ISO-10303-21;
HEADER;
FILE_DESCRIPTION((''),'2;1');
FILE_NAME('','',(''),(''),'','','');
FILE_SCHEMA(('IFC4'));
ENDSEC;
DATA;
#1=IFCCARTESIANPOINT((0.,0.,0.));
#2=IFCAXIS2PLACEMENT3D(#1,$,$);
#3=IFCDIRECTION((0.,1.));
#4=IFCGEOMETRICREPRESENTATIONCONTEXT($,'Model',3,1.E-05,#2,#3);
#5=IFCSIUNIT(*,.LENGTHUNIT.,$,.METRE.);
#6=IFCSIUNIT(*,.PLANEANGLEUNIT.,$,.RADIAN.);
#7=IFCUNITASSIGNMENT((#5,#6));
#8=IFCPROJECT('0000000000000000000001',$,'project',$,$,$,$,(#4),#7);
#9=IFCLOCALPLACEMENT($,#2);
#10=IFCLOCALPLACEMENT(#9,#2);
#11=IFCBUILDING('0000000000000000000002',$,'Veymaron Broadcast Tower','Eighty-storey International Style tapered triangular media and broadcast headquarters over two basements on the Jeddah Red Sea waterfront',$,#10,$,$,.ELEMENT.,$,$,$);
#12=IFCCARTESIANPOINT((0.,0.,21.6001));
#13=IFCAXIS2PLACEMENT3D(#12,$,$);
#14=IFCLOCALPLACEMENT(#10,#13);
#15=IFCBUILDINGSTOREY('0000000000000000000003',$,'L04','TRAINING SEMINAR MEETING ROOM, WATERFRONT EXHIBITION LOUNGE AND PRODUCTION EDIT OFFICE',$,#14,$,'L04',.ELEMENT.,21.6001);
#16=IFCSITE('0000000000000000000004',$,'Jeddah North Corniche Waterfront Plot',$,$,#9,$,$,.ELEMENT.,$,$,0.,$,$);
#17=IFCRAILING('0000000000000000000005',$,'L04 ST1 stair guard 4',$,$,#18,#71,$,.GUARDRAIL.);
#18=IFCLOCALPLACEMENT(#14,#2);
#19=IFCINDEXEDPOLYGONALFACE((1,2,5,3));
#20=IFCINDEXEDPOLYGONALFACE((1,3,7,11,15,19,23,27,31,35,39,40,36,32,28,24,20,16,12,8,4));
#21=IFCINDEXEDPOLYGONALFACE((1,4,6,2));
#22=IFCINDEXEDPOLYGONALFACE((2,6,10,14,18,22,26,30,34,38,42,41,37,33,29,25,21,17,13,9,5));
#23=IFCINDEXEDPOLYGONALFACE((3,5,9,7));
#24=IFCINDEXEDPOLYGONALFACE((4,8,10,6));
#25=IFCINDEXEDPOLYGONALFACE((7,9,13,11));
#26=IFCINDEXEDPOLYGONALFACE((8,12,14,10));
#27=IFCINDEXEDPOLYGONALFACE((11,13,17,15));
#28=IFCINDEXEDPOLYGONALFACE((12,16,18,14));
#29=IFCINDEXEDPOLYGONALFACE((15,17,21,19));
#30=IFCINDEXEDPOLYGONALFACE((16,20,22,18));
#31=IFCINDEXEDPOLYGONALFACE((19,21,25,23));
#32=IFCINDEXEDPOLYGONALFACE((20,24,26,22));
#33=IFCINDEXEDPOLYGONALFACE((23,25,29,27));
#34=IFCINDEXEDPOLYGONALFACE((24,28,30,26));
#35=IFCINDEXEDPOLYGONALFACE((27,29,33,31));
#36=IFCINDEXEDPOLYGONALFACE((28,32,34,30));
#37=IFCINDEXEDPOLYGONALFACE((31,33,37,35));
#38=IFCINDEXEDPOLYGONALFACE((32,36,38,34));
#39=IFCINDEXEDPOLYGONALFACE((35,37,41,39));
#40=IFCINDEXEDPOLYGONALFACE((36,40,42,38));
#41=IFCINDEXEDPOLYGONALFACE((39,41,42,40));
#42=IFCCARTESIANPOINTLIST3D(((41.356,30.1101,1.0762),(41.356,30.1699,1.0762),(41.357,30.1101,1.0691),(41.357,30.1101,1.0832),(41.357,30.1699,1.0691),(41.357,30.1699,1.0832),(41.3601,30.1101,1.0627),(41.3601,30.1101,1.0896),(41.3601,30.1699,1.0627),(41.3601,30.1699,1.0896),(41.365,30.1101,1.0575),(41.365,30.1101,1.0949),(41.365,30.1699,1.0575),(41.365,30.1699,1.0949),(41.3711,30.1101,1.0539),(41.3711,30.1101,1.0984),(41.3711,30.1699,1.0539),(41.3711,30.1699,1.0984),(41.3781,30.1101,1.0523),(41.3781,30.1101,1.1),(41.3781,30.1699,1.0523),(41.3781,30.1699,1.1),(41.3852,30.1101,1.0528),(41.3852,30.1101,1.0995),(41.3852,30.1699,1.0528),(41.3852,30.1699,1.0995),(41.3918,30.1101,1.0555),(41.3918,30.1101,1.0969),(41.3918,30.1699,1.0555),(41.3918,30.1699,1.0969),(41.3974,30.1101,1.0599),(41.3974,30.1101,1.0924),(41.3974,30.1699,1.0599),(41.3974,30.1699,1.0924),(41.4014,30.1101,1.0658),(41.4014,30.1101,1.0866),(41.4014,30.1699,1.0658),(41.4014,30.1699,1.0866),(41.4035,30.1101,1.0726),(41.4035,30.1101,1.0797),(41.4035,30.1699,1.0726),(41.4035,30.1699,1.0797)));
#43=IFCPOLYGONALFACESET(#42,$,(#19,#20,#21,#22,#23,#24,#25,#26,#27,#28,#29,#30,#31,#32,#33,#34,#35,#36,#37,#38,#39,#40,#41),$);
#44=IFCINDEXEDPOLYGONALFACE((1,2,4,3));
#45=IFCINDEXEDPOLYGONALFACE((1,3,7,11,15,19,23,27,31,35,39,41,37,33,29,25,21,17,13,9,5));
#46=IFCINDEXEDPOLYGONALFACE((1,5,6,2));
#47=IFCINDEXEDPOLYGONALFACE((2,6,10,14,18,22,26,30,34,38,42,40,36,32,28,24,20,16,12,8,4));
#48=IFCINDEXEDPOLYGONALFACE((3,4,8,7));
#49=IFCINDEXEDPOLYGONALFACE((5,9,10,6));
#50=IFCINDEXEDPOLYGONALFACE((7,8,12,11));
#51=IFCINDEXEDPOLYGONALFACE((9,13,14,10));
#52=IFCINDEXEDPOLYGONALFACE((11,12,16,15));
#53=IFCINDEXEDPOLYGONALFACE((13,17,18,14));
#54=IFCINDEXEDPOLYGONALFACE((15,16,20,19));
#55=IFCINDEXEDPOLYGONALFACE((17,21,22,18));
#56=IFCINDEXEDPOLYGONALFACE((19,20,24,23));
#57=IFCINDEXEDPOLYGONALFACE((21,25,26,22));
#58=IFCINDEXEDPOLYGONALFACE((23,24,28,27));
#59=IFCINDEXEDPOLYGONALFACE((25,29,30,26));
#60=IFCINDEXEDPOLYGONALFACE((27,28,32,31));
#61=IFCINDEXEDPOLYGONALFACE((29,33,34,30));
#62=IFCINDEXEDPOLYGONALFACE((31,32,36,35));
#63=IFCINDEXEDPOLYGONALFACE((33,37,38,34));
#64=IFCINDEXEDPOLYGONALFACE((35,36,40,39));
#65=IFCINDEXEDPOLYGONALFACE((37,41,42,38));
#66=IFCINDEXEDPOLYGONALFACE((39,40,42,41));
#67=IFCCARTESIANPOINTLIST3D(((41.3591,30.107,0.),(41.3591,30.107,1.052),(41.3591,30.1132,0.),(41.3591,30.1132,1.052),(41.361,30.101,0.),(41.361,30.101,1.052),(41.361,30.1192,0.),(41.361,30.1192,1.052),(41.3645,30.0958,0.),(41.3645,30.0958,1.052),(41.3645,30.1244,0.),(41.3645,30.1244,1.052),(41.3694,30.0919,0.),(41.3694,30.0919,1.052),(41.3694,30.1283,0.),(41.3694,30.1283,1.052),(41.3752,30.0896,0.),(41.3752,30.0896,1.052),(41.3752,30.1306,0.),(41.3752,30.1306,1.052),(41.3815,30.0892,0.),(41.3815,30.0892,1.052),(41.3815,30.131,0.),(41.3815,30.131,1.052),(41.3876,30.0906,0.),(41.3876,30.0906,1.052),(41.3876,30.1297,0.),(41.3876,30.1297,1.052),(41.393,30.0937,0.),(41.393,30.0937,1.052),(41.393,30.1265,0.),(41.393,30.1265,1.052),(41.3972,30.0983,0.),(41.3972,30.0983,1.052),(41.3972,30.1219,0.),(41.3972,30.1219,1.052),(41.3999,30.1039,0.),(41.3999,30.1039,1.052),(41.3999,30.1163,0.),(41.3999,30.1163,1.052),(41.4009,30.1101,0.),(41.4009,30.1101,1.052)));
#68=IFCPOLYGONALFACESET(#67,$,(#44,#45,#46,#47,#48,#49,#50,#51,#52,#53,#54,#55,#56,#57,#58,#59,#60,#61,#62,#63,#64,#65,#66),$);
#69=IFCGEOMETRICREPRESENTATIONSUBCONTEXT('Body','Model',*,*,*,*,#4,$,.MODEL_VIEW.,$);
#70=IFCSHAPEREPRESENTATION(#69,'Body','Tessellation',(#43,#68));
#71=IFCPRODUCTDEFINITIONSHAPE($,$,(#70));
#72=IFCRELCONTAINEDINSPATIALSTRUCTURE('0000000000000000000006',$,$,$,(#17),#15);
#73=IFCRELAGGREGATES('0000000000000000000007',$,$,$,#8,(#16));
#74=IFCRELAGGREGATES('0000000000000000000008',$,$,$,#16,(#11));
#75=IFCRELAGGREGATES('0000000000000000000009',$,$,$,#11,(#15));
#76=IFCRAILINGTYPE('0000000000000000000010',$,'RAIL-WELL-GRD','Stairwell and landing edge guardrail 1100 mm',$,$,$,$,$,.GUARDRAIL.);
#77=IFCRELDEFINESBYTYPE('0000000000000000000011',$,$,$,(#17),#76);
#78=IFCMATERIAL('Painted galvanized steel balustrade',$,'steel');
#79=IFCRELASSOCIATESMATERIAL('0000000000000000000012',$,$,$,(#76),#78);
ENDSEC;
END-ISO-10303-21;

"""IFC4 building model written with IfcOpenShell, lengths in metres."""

from ifc_helpers import new_model, si_unit, direction, frame, origin, origin_2d, place, context, subcontext, project, spatial, circle, extrude, material, type_object, element, save


model = new_model("IFC4")

# Units and contexts
model_context = context("Model", 3, precision=1e-05, world=origin(), true_north=direction((0.0, 1.0)))
body_context = subcontext(model_context, "Body", "Model", "MODEL_VIEW")
ifc_project = project(units=[si_unit("LENGTHUNIT", "METRE"), si_unit("PLANEANGLEUNIT", "RADIAN")], contexts=[model_context])

# Site, building, storey
site_placement = place(None, origin())
site = spatial("IfcSite", under=ifc_project, at=site_placement, Name="Jeddah North Corniche Waterfront Plot", CompositionType="ELEMENT", RefElevation=0.0)
building_placement = place(site_placement, origin())
building = spatial("IfcBuilding", under=site, at=building_placement, Name="Veymaron Broadcast Tower", Description="Eighty-storey International Style tapered triangular media and broadcast headquarters over two basements on the Jeddah Red Sea waterfront", CompositionType="ELEMENT")
storey_placement = place(building_placement, frame((0.0, 0.0, 21.6001)))
storey = spatial("IfcBuildingStorey", under=building, at=storey_placement, Name="L04", Description="TRAINING SEMINAR MEETING ROOM, WATERFRONT EXHIBITION LOUNGE AND PRODUCTION EDIT OFFICE", LongName="L04", CompositionType="ELEMENT", Elevation=21.6001)

# Railing
ifc_material_1 = material(Name="Painted galvanized steel balustrade", Category="steel")
railing_type_1 = type_object("IfcRailingType", Name="RAIL-WELL-GRD", Description="Stairwell and landing edge guardrail 1100 mm", PredefinedType="GUARDRAIL", material=ifc_material_1)
railing_1_placement = place(storey_placement, frame((41.3799, 30.1101, 0.0)))
element("IfcRailing", 1, at=railing_1_placement, inside=storey, type_object=railing_type_1, Name="L04 ST1 stair guard 4", PredefinedType="GUARDRAIL", context=body_context, shape_type="SweptSolid", body=[
    extrude(circle(Radius=0.0239, at=origin_2d()), frame((0.0, 0.0, 1.0762), z_axis=(0.0, 1.0, 0.0), x_axis=(-1.0, 0.0, 0.0)), (0.0, 0.0, 1.0), 0.0598),
    extrude(circle(Radius=0.021, at=origin_2d()), origin(), (0.0, 0.0, 1.0), 1.052),
])

save(model, "model.ifc")
